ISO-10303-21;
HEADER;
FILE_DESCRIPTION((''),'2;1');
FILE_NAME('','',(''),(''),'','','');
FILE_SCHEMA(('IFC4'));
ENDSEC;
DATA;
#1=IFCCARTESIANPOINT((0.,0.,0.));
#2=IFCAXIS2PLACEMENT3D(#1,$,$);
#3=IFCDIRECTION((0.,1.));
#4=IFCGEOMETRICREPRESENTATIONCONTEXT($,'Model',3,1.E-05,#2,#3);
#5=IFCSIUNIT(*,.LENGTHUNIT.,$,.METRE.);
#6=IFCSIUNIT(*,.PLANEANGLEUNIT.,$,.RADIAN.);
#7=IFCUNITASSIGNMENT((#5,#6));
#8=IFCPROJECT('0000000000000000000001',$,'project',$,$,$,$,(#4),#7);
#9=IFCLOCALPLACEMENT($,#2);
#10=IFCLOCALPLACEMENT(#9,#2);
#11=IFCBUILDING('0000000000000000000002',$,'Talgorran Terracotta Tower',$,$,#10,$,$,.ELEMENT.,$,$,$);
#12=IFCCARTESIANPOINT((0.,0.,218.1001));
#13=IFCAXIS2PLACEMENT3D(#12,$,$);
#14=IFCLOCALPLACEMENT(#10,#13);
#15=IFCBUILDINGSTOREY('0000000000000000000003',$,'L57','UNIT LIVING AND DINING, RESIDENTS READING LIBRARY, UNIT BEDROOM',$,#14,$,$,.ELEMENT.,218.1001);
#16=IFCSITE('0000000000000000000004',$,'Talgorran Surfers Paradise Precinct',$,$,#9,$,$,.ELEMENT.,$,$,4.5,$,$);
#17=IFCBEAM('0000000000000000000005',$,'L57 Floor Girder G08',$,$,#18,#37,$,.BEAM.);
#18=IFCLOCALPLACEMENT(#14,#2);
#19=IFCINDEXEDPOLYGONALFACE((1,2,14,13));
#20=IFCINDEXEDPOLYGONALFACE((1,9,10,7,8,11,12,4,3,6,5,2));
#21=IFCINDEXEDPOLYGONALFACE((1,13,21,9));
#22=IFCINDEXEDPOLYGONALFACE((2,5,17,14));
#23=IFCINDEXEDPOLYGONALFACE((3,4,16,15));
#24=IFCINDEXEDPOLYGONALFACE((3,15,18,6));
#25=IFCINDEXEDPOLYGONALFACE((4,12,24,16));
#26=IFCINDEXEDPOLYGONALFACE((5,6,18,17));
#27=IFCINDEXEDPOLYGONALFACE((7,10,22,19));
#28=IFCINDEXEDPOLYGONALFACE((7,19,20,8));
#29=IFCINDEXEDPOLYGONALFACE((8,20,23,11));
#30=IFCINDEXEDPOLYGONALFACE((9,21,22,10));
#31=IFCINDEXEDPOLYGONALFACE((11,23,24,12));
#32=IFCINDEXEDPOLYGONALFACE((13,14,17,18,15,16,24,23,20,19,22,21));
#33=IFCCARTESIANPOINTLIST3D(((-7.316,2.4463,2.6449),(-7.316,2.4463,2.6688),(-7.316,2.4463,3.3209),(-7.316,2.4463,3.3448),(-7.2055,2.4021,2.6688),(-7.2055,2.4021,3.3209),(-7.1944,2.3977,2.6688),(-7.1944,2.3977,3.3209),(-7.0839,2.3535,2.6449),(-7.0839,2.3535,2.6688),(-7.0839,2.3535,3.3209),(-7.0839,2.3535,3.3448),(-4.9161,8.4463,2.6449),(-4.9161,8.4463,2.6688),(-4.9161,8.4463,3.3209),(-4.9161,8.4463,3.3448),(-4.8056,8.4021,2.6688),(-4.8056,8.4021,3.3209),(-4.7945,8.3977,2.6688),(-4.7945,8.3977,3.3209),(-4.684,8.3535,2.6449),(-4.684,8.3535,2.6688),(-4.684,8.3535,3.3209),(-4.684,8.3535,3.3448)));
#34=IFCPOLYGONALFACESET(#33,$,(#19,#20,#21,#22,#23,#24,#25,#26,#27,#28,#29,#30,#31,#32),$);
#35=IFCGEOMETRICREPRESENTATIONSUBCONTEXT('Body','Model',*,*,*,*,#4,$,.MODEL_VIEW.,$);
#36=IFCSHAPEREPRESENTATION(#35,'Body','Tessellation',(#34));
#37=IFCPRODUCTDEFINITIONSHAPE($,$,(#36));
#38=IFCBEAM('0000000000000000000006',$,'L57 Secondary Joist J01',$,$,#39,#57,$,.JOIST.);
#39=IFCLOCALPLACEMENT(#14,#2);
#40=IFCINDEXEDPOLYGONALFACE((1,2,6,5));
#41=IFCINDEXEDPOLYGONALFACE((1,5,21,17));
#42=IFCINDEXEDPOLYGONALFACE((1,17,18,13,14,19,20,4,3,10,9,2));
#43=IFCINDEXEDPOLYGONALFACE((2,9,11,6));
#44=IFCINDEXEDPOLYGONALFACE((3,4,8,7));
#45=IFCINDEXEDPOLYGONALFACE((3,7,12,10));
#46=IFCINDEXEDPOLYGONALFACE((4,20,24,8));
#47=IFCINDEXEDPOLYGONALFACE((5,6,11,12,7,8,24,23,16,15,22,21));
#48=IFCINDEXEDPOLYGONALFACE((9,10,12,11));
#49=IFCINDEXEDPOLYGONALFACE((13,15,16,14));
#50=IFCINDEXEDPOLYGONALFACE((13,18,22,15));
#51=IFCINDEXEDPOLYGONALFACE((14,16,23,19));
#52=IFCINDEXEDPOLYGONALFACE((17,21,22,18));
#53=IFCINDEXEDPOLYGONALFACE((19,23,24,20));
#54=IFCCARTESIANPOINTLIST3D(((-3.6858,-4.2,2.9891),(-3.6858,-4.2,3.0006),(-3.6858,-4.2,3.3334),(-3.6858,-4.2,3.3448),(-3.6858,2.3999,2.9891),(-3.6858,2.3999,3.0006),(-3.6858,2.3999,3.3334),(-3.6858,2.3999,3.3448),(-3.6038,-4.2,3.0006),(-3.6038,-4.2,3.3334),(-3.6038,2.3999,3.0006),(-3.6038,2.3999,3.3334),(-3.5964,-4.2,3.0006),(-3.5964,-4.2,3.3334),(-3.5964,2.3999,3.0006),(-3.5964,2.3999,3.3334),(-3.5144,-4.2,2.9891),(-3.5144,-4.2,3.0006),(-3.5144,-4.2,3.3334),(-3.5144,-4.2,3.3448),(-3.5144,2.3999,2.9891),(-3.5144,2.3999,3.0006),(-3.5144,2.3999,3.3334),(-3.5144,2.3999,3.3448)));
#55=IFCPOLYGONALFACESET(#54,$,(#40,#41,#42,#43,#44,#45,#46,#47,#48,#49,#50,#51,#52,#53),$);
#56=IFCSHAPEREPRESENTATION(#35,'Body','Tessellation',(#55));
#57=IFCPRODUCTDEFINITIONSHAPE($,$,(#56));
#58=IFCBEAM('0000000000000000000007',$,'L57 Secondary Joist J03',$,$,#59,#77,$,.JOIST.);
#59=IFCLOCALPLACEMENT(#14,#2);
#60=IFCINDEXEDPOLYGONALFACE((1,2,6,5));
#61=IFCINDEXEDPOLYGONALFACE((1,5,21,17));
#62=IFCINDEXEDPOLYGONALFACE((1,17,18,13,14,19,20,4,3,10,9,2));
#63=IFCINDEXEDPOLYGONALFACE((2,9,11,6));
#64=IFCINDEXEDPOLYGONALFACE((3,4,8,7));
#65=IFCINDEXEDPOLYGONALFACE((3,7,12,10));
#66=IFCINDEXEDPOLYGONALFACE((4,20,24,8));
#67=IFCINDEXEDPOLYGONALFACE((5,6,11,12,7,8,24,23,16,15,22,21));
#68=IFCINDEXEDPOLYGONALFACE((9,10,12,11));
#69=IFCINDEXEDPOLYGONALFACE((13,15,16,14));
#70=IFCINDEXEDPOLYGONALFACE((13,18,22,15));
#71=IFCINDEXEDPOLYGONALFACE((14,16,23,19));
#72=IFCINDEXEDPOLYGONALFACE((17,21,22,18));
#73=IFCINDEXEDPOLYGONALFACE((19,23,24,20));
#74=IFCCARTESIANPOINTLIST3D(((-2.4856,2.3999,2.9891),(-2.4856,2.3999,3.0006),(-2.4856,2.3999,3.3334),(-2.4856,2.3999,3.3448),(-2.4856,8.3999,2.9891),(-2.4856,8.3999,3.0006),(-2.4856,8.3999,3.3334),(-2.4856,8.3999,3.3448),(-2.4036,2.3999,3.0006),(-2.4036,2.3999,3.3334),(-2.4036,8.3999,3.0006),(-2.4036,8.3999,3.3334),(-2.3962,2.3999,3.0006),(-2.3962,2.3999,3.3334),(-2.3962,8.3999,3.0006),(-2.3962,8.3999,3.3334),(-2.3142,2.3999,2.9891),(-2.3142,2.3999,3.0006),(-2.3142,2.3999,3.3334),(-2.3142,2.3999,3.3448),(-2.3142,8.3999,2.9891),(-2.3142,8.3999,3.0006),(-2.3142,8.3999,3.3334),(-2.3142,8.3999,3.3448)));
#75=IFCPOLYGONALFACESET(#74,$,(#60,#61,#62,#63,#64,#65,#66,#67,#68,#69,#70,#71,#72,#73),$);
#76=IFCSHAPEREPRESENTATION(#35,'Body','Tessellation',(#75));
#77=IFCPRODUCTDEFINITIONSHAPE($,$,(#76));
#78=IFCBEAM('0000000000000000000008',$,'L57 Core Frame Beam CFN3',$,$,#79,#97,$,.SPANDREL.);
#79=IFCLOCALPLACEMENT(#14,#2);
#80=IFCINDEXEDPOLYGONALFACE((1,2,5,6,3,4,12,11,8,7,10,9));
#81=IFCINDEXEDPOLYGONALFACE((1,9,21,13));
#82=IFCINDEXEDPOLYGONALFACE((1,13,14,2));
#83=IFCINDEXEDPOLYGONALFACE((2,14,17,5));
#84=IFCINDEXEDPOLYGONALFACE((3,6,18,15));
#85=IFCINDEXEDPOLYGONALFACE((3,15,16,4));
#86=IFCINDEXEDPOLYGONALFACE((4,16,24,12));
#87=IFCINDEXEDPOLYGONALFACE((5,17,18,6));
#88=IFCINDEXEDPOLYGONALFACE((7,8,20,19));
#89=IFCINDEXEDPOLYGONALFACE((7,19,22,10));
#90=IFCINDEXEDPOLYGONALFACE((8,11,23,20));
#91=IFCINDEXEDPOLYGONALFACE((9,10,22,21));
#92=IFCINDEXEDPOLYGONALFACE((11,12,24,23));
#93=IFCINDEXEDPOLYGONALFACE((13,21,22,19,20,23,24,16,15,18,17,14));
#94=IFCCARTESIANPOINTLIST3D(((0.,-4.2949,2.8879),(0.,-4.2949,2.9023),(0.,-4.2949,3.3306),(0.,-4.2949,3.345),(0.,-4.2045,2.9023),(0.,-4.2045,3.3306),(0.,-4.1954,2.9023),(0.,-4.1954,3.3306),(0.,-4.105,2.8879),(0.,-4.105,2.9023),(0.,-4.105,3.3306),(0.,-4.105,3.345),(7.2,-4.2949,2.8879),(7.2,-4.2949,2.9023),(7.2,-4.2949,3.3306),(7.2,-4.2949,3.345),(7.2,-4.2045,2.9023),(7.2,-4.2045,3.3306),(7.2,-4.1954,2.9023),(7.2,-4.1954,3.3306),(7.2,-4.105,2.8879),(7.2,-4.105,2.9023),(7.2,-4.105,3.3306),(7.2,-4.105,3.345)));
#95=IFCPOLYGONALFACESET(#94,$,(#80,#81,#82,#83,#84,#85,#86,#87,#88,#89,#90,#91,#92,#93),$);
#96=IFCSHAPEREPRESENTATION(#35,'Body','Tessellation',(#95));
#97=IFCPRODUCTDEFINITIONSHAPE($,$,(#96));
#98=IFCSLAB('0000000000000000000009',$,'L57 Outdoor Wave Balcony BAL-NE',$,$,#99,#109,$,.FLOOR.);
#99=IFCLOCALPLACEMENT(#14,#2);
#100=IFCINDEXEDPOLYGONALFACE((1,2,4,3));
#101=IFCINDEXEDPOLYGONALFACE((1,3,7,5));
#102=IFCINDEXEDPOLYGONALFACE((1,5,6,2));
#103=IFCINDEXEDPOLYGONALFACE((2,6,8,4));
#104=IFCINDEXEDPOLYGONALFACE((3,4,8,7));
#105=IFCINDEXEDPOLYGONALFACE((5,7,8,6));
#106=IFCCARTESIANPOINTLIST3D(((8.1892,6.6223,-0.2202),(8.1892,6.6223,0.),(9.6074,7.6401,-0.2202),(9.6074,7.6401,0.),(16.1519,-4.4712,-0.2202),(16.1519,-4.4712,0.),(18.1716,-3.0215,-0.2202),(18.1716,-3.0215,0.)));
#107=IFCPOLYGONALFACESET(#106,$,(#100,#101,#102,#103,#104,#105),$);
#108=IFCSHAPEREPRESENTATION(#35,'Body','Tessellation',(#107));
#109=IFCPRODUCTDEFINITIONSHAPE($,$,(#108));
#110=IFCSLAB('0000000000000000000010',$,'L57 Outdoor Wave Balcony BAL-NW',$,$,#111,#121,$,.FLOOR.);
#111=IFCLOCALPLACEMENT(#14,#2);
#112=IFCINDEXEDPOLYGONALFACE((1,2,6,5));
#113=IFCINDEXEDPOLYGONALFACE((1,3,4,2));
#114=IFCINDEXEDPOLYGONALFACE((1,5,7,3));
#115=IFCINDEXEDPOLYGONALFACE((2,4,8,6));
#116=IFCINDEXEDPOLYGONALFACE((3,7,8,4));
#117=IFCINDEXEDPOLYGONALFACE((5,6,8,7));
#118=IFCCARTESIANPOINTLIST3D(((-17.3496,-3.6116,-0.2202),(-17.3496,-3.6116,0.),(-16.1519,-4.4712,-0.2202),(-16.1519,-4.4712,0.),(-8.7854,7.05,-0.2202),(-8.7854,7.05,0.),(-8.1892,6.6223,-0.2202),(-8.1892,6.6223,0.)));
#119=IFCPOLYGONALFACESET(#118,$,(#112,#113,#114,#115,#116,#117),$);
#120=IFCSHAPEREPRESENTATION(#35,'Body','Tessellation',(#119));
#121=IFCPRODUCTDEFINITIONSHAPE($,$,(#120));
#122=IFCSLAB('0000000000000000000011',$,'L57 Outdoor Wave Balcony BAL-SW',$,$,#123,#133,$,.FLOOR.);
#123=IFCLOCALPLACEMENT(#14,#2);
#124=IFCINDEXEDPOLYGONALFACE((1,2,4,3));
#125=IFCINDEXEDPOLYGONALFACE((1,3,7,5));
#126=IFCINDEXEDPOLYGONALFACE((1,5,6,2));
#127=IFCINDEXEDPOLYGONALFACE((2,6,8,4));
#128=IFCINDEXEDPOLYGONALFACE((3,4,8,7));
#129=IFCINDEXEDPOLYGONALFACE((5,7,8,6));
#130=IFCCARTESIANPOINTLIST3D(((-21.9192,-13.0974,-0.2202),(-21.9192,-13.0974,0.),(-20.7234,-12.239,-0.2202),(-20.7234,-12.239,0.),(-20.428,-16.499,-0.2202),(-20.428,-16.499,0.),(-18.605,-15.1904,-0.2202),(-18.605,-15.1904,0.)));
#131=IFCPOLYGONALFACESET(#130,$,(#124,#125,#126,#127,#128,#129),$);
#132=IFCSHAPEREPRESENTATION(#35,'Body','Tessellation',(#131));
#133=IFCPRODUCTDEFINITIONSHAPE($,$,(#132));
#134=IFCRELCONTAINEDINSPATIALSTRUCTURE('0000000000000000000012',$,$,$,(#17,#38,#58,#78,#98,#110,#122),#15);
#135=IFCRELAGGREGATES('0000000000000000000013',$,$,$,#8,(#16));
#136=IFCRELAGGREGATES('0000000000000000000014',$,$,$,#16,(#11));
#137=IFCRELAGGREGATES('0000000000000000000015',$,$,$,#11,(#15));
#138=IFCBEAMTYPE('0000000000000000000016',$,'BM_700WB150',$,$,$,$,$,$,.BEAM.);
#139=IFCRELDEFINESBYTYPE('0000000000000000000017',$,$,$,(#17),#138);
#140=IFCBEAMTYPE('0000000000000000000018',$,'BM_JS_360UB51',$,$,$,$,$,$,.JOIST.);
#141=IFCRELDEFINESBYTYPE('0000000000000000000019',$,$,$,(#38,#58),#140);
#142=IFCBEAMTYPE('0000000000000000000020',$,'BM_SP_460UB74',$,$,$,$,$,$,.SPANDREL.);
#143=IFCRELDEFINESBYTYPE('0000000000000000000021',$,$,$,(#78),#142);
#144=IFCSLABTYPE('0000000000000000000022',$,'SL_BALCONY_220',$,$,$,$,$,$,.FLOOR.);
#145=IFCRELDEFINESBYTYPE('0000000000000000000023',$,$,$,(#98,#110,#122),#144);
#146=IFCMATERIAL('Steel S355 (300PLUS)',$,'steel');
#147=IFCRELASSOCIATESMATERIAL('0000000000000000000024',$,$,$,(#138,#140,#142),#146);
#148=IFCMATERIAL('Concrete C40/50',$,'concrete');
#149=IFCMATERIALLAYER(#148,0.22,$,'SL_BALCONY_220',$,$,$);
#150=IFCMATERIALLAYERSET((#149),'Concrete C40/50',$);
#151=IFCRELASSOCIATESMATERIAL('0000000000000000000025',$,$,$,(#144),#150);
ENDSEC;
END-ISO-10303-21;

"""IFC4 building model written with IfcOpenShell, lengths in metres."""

from ifc_helpers import new_model, si_unit, direction, frame, origin, origin_2d, place, context, subcontext, project, spatial, polyline, i_section, outline, extrude, material, layer, layer_set, material_profile, profile_set, type_object, element, save


model = new_model("IFC4")

# Units and contexts
model_context = context("Model", 3, precision=1e-05, world=origin(), true_north=direction((0.0, 1.0)))
body_context = subcontext(model_context, "Body", "Model", "MODEL_VIEW")
ifc_project = project(units=[si_unit("LENGTHUNIT", "METRE"), si_unit("PLANEANGLEUNIT", "RADIAN")], contexts=[model_context])

# Site, building, storey
site_placement = place(None, origin())
site = spatial("IfcSite", under=ifc_project, at=site_placement, Name="Talgorran Surfers Paradise Precinct", CompositionType="ELEMENT", RefElevation=4.5)
building_placement = place(site_placement, origin())
building = spatial("IfcBuilding", under=site, at=building_placement, Name="Talgorran Terracotta Tower", CompositionType="ELEMENT")
storey_placement = place(building_placement, frame((0.0, 0.0, 218.1001)))
storey = spatial("IfcBuildingStorey", under=building, at=storey_placement, Name="L57", Description="UNIT LIVING AND DINING, RESIDENTS READING LIBRARY, UNIT BEDROOM", CompositionType="ELEMENT", Elevation=218.1001)

# Shared definitions
ifc_material_1 = material(Name="Steel S355 (300PLUS)", Category="steel")

# Beams
ifc_material_profile_1 = material_profile(ifc_material_1, i_section(OverallWidth=0.25, OverallDepth=0.7, WebThickness=0.012, FlangeThickness=0.0239, at=origin_2d()), Name="700WB150")
ifc_profile_set_1 = profile_set([ifc_material_profile_1], Name="Steel S355 (300PLUS)")
beam_type_1 = type_object("IfcBeamType", Name="BM_700WB150", PredefinedType="BEAM", material=ifc_profile_set_1)
beam_1_placement = place(storey_placement, frame((-7.2, 2.3999, 2.9949), z_axis=(0.371378, 0.928482, 0.0), x_axis=(-0.928482, 0.371378, 0.0)))
element("IfcBeam", 1, at=beam_1_placement, inside=storey, type_object=beam_type_1, Name="L57 Floor Girder G08", PredefinedType="BEAM", context=body_context, shape_type="SweptSolid", body=[
    extrude(i_section(OverallWidth=0.25, OverallDepth=0.7, WebThickness=0.012, FlangeThickness=0.0239, at=origin_2d()), origin(), (0.0, 0.0, 1.0), 6.4622),
])
ifc_material_profile_2 = material_profile(ifc_material_1, i_section(OverallWidth=0.1714, OverallDepth=0.3557, WebThickness=0.0073, FlangeThickness=0.0115, at=origin_2d()), Name="360UB50.7")
ifc_profile_set_2 = profile_set([ifc_material_profile_2], Name="Steel S355 (300PLUS)")
beam_type_2 = type_object("IfcBeamType", Name="BM_JS_360UB51", PredefinedType="JOIST", material=ifc_profile_set_2)
beam_2_placement = place(storey_placement, frame((-3.6001, -4.2, 3.167), z_axis=(0.0, 1.0, 0.0), x_axis=(-1.0, 0.0, 0.0)))
element("IfcBeam", 2, at=beam_2_placement, inside=storey, type_object=beam_type_2, Name="L57 Secondary Joist J01", PredefinedType="JOIST", context=body_context, shape_type="SweptSolid", body=[
    extrude(i_section(OverallWidth=0.1714, OverallDepth=0.3557, WebThickness=0.0073, FlangeThickness=0.0115, at=origin_2d()), origin(), (0.0, 0.0, 1.0), 6.5999),
])
beam_3_placement = place(storey_placement, frame((-2.3999, 2.3999, 3.167), z_axis=(0.0, 1.0, 0.0), x_axis=(-1.0, 0.0, 0.0)))
element("IfcBeam", 3, at=beam_3_placement, inside=storey, type_object=beam_type_2, Name="L57 Secondary Joist J03", PredefinedType="JOIST", context=body_context, shape_type="SweptSolid", body=[
    extrude(i_section(OverallWidth=0.1714, OverallDepth=0.3557, WebThickness=0.0073, FlangeThickness=0.0115, at=origin_2d()), origin(), (0.0, 0.0, 1.0), 6.0),
])
ifc_material_profile_3 = material_profile(ifc_material_1, i_section(OverallWidth=0.1899, OverallDepth=0.457, WebThickness=0.009, FlangeThickness=0.0144, at=origin_2d()), Name="460UB74.6")
ifc_profile_set_3 = profile_set([ifc_material_profile_3], Name="Steel S355 (300PLUS)")
beam_type_3 = type_object("IfcBeamType", Name="BM_SP_460UB74", PredefinedType="SPANDREL", material=ifc_profile_set_3)
beam_4_placement = place(storey_placement, frame((0.0, -4.2, 3.1165), z_axis=(1.0, 0.0, 0.0), x_axis=(0.0, 1.0, 0.0)))
element("IfcBeam", 4, at=beam_4_placement, inside=storey, type_object=beam_type_3, Name="L57 Core Frame Beam CFN3", PredefinedType="SPANDREL", context=body_context, shape_type="SweptSolid", body=[
    extrude(i_section(OverallWidth=0.1899, OverallDepth=0.457, WebThickness=0.009, FlangeThickness=0.0144, at=origin_2d()), origin(), (0.0, 0.0, 1.0), 7.2),
])

# Slabs
ifc_material_2 = material(Name="Concrete C40/50", Category="concrete")
ifc_layer_1 = layer(ifc_material_2, 0.22, Name="SL_BALCONY_220")
ifc_layer_set_1 = layer_set([ifc_layer_1], Name="Concrete C40/50")
slab_type_1 = type_object("IfcSlabType", Name="SL_BALCONY_220", PredefinedType="FLOOR", material=ifc_layer_set_1)
slab_1_placement = place(storey_placement, frame((0.0, 0.0, -0.2202)))
element("IfcSlab", 5, at=slab_1_placement, inside=storey, type_object=slab_type_1, Name="L57 Outdoor Wave Balcony BAL-NE", PredefinedType="FLOOR", context=body_context, shape_type="SweptSolid", body=[
    extrude(outline(polyline([(8.1892, 6.6223), (16.1519, -4.4712), (18.1716, -3.0215), (9.6074, 7.6401), (8.1892, 6.6223)])), origin(), (0.0, 0.0, 1.0), 0.2202),
])
slab_2_placement = place(storey_placement, frame((0.0, 0.0, -0.2202)))
element("IfcSlab", 6, at=slab_2_placement, inside=storey, type_object=slab_type_1, Name="L57 Outdoor Wave Balcony BAL-NW", PredefinedType="FLOOR", context=body_context, shape_type="SweptSolid", body=[
    extrude(outline(polyline([(-16.1519, -4.4712), (-8.1892, 6.6223), (-8.7854, 7.05), (-17.3496, -3.6116), (-16.1519, -4.4712)])), origin(), (0.0, 0.0, 1.0), 0.2202),
])
slab_3_placement = place(storey_placement, frame((0.0, 0.0, -0.2202)))
element("IfcSlab", 7, at=slab_3_placement, inside=storey, type_object=slab_type_1, Name="L57 Outdoor Wave Balcony BAL-SW", PredefinedType="FLOOR", context=body_context, shape_type="SweptSolid", body=[
    extrude(outline(polyline([(-18.605, -15.1904), (-20.7234, -12.239), (-21.9192, -13.0974), (-20.428, -16.499), (-18.605, -15.1904)])), origin(), (0.0, 0.0, 1.0), 0.2202),
])

save(model, "model.ifc")
